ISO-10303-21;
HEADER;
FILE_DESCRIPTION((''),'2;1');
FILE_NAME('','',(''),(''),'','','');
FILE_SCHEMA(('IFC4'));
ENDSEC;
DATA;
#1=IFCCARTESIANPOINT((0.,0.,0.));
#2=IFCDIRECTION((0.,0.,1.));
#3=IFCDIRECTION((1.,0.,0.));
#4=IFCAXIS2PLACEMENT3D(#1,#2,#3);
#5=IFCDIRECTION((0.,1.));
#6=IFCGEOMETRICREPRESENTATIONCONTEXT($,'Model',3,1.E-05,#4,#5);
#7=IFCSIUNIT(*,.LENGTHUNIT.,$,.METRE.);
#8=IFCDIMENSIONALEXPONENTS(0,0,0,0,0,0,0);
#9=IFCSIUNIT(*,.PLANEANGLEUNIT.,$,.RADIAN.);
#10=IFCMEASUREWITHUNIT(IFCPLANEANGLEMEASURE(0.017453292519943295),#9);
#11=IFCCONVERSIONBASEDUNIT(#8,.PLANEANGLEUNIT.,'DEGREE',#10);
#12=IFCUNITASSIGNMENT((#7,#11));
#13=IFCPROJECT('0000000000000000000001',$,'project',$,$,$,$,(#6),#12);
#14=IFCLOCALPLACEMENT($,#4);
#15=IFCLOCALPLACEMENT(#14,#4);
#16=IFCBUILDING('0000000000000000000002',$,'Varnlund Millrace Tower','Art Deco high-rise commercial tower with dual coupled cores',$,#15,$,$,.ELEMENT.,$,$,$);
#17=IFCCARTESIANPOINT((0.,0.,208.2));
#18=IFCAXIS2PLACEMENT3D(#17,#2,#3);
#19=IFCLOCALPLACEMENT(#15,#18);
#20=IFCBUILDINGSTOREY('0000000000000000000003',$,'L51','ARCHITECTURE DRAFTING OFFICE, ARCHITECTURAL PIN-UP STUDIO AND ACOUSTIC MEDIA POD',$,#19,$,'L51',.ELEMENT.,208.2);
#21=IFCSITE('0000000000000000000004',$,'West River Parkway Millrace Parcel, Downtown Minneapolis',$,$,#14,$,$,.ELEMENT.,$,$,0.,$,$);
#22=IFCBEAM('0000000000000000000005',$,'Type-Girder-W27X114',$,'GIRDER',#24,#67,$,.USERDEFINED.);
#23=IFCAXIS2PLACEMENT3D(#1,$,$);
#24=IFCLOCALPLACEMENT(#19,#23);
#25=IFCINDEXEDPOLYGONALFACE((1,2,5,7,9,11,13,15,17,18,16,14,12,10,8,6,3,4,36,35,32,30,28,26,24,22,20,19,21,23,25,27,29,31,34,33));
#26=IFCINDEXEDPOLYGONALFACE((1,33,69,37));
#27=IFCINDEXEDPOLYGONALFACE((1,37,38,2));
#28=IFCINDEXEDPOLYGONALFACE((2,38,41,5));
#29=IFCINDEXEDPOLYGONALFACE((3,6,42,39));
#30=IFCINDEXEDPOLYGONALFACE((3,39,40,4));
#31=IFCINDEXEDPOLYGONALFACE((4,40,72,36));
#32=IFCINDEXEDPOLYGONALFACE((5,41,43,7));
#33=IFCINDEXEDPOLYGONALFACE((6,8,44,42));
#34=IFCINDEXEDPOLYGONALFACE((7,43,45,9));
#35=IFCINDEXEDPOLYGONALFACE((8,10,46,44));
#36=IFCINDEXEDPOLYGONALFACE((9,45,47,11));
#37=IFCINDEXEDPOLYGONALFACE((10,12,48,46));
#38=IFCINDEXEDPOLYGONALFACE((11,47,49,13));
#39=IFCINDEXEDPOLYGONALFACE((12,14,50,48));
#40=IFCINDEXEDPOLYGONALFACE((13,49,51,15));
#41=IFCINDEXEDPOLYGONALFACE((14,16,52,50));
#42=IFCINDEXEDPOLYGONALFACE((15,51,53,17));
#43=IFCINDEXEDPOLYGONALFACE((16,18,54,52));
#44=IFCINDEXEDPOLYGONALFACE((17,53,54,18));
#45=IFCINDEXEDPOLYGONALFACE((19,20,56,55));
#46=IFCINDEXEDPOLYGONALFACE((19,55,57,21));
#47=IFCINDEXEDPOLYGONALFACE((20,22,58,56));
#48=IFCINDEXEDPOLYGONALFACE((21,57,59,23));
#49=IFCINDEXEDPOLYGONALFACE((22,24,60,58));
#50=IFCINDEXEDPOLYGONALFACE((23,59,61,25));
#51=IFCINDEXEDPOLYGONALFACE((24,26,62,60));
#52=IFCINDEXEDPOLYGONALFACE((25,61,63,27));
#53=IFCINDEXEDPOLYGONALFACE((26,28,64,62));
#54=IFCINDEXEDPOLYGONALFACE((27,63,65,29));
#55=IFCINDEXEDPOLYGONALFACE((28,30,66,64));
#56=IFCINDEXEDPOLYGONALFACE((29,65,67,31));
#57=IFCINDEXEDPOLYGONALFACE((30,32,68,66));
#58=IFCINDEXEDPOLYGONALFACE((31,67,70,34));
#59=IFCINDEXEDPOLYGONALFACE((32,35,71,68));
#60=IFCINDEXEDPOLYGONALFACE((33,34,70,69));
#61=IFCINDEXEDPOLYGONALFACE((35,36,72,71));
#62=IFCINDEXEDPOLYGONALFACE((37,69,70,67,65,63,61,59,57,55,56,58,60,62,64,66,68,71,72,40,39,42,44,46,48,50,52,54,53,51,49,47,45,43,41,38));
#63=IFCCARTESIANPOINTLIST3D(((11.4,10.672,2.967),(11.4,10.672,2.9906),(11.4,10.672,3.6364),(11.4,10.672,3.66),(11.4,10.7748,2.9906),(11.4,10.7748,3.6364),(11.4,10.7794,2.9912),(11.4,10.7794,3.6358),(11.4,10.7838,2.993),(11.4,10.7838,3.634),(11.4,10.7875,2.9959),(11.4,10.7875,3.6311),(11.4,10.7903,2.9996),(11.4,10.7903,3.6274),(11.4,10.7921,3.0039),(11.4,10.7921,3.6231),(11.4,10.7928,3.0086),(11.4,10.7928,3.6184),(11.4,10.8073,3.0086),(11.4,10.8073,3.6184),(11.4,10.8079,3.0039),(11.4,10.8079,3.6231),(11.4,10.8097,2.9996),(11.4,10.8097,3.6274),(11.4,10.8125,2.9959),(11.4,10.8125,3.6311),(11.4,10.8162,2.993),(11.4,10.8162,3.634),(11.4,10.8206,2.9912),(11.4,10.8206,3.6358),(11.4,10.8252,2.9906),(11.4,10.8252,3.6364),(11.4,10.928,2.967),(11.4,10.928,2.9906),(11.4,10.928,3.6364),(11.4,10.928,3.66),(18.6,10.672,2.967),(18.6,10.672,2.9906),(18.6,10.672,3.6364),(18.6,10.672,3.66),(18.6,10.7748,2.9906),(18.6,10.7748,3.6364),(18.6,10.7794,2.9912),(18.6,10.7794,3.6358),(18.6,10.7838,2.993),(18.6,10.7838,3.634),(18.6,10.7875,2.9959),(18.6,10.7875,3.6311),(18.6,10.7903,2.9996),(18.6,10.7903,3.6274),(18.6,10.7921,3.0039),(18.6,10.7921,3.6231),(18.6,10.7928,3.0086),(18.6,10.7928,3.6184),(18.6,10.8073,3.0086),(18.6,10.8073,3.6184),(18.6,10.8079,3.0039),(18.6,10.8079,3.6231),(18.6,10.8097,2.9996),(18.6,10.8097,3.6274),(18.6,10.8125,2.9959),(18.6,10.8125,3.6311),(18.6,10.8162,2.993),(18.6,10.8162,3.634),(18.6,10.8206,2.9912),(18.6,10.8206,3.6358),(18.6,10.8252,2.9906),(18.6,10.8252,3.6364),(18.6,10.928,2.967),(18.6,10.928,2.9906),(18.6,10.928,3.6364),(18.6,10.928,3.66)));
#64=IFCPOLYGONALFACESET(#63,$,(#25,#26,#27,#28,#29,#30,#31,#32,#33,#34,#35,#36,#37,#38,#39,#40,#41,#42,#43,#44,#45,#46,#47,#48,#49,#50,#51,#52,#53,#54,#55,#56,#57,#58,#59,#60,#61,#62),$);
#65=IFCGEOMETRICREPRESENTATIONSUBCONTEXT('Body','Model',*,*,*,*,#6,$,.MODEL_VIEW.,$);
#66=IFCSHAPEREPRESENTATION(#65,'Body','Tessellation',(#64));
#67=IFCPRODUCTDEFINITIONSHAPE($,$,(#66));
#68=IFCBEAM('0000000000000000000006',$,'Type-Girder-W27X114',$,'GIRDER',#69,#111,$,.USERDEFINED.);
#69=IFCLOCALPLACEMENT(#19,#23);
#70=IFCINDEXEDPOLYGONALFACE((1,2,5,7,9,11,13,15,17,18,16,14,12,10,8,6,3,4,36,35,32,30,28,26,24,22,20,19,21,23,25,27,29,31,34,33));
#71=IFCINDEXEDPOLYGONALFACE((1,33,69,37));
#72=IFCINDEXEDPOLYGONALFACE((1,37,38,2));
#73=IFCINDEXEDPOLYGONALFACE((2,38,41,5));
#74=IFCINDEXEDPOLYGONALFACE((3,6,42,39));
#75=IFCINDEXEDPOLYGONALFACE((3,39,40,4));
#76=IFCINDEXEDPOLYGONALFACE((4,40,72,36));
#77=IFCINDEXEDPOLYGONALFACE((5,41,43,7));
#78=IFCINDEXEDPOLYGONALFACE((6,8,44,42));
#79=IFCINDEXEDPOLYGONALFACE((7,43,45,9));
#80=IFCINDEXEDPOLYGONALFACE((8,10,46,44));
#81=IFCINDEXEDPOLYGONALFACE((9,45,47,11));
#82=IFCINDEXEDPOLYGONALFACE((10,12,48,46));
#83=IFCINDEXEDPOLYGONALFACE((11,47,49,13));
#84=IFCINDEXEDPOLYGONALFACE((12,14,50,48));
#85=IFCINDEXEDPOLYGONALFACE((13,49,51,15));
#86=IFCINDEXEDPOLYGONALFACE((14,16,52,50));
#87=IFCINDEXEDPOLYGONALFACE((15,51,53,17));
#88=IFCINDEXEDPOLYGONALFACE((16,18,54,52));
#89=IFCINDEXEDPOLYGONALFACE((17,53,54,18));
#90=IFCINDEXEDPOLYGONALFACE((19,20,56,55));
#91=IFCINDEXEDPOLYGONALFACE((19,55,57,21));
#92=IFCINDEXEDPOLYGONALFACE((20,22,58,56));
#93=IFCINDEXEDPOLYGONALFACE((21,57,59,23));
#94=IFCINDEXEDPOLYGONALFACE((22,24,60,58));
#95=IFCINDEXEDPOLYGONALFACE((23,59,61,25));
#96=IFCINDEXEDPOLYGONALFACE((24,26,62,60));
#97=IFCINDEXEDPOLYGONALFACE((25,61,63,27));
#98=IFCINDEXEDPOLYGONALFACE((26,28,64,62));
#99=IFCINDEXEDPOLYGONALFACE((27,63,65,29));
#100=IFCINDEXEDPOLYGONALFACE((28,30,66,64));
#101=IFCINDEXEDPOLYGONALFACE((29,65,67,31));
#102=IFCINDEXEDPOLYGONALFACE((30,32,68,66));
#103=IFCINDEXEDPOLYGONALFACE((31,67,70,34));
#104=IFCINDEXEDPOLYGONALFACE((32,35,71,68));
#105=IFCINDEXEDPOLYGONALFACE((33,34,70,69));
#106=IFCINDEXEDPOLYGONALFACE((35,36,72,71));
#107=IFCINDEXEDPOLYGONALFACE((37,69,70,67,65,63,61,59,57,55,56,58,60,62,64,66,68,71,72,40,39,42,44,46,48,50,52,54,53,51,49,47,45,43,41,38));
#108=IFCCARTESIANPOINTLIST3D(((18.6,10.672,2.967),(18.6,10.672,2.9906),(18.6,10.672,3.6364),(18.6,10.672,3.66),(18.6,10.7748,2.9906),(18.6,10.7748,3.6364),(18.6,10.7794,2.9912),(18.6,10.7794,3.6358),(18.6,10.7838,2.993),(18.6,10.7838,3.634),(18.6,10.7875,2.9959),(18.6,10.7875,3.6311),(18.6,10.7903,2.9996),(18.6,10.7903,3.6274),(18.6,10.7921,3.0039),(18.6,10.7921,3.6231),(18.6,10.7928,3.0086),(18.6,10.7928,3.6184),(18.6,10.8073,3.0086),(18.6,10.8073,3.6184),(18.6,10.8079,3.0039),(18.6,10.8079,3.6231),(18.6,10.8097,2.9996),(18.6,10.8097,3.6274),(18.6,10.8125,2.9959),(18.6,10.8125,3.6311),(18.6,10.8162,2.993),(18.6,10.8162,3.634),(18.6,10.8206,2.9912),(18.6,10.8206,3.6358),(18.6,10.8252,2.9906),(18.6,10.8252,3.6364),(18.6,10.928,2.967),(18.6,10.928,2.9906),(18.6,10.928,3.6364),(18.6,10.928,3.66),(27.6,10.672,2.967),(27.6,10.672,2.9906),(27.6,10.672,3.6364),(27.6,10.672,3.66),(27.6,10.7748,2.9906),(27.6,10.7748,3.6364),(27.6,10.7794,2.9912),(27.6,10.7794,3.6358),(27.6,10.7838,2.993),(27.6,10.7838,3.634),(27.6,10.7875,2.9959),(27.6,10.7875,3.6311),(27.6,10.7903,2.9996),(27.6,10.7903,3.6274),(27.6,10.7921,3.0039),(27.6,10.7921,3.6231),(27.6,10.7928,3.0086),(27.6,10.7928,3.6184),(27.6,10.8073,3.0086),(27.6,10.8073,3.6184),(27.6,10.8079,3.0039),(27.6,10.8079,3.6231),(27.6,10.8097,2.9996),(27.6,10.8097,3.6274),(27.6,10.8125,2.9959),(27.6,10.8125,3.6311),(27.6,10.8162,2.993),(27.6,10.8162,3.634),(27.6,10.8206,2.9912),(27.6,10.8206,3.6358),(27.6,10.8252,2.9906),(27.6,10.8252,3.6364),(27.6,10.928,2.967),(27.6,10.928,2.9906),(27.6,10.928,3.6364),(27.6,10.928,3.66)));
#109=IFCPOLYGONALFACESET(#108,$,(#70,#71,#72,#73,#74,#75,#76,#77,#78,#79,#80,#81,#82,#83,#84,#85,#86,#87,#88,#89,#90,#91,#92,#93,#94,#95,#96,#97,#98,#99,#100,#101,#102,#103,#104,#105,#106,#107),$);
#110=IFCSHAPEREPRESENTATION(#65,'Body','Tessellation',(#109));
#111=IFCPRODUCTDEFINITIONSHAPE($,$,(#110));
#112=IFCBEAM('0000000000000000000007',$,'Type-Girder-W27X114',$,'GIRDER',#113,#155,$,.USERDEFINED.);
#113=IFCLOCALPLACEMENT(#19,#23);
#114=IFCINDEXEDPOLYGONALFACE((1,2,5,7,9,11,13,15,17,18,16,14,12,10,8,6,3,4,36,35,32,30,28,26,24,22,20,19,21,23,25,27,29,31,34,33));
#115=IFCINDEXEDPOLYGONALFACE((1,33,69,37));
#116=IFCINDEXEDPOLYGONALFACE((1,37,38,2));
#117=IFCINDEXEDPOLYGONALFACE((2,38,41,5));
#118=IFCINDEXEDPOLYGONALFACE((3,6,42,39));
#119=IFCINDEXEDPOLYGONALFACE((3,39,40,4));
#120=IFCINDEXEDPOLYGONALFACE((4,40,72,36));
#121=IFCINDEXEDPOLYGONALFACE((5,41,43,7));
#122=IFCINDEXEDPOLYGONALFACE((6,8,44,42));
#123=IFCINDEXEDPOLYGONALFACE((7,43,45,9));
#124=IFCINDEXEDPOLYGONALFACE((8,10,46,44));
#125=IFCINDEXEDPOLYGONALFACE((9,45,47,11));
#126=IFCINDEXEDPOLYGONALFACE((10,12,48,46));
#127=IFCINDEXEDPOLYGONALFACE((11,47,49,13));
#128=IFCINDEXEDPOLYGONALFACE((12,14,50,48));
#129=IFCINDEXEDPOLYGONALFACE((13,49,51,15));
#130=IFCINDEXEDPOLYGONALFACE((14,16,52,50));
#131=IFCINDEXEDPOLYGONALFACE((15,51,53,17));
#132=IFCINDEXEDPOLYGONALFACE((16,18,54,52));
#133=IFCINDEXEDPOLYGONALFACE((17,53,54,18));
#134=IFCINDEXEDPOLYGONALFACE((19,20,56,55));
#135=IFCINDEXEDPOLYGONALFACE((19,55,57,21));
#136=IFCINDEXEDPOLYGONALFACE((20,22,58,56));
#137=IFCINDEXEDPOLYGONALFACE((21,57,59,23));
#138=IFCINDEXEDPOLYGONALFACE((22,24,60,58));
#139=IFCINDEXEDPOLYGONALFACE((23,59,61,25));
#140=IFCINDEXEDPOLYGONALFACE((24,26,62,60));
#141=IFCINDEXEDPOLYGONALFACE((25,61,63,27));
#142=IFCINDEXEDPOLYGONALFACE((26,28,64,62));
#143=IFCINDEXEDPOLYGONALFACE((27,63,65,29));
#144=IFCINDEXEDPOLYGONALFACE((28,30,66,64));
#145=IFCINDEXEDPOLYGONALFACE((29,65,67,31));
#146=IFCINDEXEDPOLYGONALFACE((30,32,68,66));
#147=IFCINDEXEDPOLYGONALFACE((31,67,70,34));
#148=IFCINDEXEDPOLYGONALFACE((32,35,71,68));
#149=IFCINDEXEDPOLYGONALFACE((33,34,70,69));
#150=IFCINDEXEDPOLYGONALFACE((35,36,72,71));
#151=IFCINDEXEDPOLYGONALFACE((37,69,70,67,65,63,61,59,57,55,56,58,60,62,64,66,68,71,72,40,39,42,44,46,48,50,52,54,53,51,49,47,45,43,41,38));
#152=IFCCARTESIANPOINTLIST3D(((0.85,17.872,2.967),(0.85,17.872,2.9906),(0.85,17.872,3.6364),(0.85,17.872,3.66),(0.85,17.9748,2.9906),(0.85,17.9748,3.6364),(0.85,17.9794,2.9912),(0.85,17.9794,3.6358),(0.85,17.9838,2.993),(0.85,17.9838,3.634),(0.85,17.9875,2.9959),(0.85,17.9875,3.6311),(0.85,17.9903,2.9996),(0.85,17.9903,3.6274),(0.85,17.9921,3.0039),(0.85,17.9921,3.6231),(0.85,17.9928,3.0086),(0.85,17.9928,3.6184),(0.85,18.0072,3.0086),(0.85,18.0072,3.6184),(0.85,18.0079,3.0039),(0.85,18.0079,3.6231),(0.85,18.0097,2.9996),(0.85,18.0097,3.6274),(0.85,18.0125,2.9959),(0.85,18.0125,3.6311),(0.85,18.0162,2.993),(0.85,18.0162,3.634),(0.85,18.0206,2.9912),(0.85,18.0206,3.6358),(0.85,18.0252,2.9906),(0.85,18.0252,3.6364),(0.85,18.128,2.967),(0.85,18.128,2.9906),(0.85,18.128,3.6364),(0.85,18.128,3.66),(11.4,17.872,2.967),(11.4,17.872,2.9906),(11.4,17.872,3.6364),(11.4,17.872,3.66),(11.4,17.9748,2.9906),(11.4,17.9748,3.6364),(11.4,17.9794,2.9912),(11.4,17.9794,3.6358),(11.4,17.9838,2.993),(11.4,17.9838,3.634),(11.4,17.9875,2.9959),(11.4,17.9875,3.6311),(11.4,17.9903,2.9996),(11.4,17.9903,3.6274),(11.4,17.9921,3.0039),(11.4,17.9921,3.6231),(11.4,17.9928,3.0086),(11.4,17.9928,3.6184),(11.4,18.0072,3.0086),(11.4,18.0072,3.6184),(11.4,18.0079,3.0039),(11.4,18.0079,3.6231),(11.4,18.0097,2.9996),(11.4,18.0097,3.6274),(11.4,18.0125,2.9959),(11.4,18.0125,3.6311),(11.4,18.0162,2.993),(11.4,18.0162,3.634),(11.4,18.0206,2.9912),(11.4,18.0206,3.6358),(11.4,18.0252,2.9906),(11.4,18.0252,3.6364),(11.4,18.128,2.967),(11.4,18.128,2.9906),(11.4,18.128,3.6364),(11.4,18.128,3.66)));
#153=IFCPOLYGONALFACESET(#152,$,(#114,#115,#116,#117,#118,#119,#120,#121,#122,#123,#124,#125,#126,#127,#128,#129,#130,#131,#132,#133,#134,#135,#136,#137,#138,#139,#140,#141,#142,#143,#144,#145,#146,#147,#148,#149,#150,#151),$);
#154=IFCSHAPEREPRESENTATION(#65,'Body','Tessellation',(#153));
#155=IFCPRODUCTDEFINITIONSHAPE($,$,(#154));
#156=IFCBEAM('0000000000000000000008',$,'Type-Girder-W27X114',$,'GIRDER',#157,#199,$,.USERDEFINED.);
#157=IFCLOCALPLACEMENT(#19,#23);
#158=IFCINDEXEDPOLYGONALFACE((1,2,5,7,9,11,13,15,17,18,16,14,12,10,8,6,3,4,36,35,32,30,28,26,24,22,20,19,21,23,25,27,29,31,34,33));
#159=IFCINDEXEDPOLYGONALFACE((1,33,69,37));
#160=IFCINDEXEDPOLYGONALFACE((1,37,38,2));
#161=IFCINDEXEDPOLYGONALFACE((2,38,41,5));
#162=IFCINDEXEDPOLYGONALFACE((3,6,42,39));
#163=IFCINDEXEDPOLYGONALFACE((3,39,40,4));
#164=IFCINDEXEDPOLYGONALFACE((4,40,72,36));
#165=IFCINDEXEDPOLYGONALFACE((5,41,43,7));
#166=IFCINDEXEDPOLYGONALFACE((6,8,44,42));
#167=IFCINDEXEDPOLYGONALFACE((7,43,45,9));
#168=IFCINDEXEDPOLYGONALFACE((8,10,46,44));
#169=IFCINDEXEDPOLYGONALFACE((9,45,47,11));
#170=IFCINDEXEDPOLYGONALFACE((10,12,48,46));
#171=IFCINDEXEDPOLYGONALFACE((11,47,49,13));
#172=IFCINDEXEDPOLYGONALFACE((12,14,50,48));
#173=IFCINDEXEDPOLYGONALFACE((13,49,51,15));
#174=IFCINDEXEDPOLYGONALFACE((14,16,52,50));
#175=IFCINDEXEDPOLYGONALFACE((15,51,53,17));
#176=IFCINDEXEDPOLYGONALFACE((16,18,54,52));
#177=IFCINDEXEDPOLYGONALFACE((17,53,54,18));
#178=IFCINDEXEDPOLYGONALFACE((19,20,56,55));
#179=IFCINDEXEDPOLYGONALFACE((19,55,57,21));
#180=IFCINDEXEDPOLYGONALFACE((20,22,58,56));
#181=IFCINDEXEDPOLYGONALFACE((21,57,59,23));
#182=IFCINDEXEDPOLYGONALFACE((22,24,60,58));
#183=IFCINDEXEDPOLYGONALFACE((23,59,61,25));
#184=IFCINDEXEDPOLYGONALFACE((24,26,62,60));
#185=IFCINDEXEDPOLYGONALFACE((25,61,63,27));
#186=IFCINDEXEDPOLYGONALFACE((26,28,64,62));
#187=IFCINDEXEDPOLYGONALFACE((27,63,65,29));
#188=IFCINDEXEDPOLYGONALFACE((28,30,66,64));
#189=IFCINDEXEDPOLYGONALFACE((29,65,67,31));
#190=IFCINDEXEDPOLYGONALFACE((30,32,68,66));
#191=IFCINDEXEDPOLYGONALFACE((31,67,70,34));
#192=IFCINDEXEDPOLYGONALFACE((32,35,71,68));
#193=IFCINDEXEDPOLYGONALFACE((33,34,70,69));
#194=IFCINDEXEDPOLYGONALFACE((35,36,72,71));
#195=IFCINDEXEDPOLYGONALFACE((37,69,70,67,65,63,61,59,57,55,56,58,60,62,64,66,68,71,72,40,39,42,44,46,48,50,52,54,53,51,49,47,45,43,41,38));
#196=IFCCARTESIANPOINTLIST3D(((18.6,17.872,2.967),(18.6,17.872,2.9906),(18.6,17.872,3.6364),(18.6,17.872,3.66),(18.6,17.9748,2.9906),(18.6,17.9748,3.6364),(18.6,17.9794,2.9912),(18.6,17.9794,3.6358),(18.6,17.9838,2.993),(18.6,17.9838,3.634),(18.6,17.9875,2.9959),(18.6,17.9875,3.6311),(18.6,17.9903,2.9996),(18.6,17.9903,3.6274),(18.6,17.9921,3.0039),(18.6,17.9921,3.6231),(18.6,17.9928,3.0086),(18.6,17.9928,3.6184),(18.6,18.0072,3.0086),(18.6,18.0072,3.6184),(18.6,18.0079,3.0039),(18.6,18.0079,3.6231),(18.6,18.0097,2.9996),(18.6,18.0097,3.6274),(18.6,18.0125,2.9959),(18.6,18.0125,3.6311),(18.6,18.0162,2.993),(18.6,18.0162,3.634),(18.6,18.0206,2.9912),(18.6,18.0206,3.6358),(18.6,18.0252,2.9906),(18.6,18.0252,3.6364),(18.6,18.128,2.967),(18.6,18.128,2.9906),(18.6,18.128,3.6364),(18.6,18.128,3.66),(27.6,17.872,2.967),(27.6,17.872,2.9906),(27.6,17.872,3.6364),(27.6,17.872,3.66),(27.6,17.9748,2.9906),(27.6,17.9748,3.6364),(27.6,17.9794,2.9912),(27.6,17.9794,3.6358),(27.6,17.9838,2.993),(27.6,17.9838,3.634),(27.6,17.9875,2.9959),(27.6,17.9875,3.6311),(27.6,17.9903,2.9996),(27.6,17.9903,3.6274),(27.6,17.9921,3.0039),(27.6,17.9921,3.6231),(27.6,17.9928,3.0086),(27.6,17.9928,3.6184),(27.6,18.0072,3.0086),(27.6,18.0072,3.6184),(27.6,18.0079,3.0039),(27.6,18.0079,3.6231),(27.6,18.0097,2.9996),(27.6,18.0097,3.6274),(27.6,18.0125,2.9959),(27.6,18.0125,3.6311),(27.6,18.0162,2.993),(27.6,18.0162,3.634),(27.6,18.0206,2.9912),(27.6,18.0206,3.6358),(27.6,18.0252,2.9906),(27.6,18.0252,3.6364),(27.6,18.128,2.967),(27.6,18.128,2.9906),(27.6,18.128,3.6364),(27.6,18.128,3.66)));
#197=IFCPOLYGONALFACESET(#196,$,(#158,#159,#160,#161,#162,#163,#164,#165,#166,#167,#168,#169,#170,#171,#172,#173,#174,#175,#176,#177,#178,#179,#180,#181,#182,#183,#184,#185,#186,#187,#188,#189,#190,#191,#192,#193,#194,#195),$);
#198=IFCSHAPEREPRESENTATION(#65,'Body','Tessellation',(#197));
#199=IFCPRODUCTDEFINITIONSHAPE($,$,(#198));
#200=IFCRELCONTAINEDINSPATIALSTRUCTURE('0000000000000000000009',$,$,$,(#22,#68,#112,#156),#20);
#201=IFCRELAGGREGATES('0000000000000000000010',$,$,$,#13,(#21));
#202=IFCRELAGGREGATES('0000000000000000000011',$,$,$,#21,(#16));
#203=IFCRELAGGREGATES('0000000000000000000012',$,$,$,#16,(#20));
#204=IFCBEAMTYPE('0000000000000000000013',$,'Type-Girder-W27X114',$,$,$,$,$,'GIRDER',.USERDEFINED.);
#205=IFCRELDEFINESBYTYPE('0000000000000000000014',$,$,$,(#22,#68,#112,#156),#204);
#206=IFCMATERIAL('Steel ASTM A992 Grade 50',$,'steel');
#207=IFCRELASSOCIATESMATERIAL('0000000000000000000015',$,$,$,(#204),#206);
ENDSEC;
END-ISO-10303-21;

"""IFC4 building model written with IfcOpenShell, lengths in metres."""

from ifc_helpers import new_model, entity, si_unit, converted_unit, direction, frame, origin_with_axes, origin_2d_with_axis, place, context, subcontext, project, spatial, i_section, extrude, material, material_profile, profile_set, type_object, element, save


model = new_model("IFC4")

# Units and contexts
model_context = context("Model", 3, precision=1e-05, world=origin_with_axes(), true_north=direction((0.0, 1.0)))
body_context = subcontext(model_context, "Body", "Model", "MODEL_VIEW")
ifc_project = project(units=[si_unit("LENGTHUNIT", "METRE"), converted_unit("PLANEANGLEUNIT", "DEGREE", entity("IfcPlaneAngleMeasure", 0.017453292519943295), si_unit("PLANEANGLEUNIT", "RADIAN"), dimensions=[0, 0, 0, 0, 0, 0, 0])], contexts=[model_context])

# Site, building, storey
site_placement = place(None, origin_with_axes())
site = spatial("IfcSite", under=ifc_project, at=site_placement, Name="West River Parkway Millrace Parcel, Downtown Minneapolis", CompositionType="ELEMENT", RefElevation=0.0)
building_placement = place(site_placement, origin_with_axes())
building = spatial("IfcBuilding", under=site, at=building_placement, Name="Varnlund Millrace Tower", Description="Art Deco high-rise commercial tower with dual coupled cores", CompositionType="ELEMENT")
storey_placement = place(building_placement, frame((0.0, 0.0, 208.2), z_axis=(0.0, 0.0, 1.0), x_axis=(1.0, 0.0, 0.0)))
storey = spatial("IfcBuildingStorey", under=building, at=storey_placement, Name="L51", Description="ARCHITECTURE DRAFTING OFFICE, ARCHITECTURAL PIN-UP STUDIO AND ACOUSTIC MEDIA POD", LongName="L51", CompositionType="ELEMENT", Elevation=208.2)

# Beams
ifc_material_1 = material(Name="Steel ASTM A992 Grade 50", Category="steel")
ifc_material_profile_1 = material_profile(ifc_material_1, i_section(OverallWidth=0.256, OverallDepth=0.693, WebThickness=0.0145, FlangeThickness=0.0236, FilletRadius=0.018, at=origin_2d_with_axis()), Name="Steel ASTM A992 Grade 50")
ifc_profile_set_1 = profile_set([ifc_material_profile_1], Name="Steel ASTM A992 Grade 50")
beam_type_1 = type_object("IfcBeamType", Name="Type-Girder-W27X114", ElementType="GIRDER", PredefinedType="USERDEFINED", material=ifc_profile_set_1)
beam_1_placement = place(storey_placement, frame((11.4, 10.8, 3.3135), z_axis=(1.0, 0.0, 0.0), x_axis=(0.0, 1.0, 0.0)))
element("IfcBeam", 1, at=beam_1_placement, inside=storey, type_object=beam_type_1, Name="Type-Girder-W27X114", ObjectType="GIRDER", PredefinedType="USERDEFINED", context=body_context, shape_type="SweptSolid", body=[
    extrude(i_section(OverallWidth=0.256, OverallDepth=0.693, WebThickness=0.0145, FlangeThickness=0.0236, FilletRadius=0.018, at=origin_2d_with_axis()), origin_with_axes(), (0.0, 0.0, 1.0), 7.2),
])
beam_2_placement = place(storey_placement, frame((18.6, 10.8, 3.3135), z_axis=(1.0, 0.0, 0.0), x_axis=(0.0, 1.0, 0.0)))
element("IfcBeam", 2, at=beam_2_placement, inside=storey, type_object=beam_type_1, Name="Type-Girder-W27X114", ObjectType="GIRDER", PredefinedType="USERDEFINED", context=body_context, shape_type="SweptSolid", body=[
    extrude(i_section(OverallWidth=0.256, OverallDepth=0.693, WebThickness=0.0145, FlangeThickness=0.0236, FilletRadius=0.018, at=origin_2d_with_axis()), origin_with_axes(), (0.0, 0.0, 1.0), 9.0),
])
beam_3_placement = place(storey_placement, frame((0.85, 18.0, 3.3135), z_axis=(1.0, 0.0, 0.0), x_axis=(0.0, 1.0, 0.0)))
element("IfcBeam", 3, at=beam_3_placement, inside=storey, type_object=beam_type_1, Name="Type-Girder-W27X114", ObjectType="GIRDER", PredefinedType="USERDEFINED", context=body_context, shape_type="SweptSolid", body=[
    extrude(i_section(OverallWidth=0.256, OverallDepth=0.693, WebThickness=0.0145, FlangeThickness=0.0236, FilletRadius=0.018, at=origin_2d_with_axis()), origin_with_axes(), (0.0, 0.0, 1.0), 10.55),
])
beam_4_placement = place(storey_placement, frame((18.6, 18.0, 3.3135), z_axis=(1.0, 0.0, 0.0), x_axis=(0.0, 1.0, 0.0)))
element("IfcBeam", 4, at=beam_4_placement, inside=storey, type_object=beam_type_1, Name="Type-Girder-W27X114", ObjectType="GIRDER", PredefinedType="USERDEFINED", context=body_context, shape_type="SweptSolid", body=[
    extrude(i_section(OverallWidth=0.256, OverallDepth=0.693, WebThickness=0.0145, FlangeThickness=0.0236, FilletRadius=0.018, at=origin_2d_with_axis()), origin_with_axes(), (0.0, 0.0, 1.0), 9.0),
])

save(model, "model.ifc")
